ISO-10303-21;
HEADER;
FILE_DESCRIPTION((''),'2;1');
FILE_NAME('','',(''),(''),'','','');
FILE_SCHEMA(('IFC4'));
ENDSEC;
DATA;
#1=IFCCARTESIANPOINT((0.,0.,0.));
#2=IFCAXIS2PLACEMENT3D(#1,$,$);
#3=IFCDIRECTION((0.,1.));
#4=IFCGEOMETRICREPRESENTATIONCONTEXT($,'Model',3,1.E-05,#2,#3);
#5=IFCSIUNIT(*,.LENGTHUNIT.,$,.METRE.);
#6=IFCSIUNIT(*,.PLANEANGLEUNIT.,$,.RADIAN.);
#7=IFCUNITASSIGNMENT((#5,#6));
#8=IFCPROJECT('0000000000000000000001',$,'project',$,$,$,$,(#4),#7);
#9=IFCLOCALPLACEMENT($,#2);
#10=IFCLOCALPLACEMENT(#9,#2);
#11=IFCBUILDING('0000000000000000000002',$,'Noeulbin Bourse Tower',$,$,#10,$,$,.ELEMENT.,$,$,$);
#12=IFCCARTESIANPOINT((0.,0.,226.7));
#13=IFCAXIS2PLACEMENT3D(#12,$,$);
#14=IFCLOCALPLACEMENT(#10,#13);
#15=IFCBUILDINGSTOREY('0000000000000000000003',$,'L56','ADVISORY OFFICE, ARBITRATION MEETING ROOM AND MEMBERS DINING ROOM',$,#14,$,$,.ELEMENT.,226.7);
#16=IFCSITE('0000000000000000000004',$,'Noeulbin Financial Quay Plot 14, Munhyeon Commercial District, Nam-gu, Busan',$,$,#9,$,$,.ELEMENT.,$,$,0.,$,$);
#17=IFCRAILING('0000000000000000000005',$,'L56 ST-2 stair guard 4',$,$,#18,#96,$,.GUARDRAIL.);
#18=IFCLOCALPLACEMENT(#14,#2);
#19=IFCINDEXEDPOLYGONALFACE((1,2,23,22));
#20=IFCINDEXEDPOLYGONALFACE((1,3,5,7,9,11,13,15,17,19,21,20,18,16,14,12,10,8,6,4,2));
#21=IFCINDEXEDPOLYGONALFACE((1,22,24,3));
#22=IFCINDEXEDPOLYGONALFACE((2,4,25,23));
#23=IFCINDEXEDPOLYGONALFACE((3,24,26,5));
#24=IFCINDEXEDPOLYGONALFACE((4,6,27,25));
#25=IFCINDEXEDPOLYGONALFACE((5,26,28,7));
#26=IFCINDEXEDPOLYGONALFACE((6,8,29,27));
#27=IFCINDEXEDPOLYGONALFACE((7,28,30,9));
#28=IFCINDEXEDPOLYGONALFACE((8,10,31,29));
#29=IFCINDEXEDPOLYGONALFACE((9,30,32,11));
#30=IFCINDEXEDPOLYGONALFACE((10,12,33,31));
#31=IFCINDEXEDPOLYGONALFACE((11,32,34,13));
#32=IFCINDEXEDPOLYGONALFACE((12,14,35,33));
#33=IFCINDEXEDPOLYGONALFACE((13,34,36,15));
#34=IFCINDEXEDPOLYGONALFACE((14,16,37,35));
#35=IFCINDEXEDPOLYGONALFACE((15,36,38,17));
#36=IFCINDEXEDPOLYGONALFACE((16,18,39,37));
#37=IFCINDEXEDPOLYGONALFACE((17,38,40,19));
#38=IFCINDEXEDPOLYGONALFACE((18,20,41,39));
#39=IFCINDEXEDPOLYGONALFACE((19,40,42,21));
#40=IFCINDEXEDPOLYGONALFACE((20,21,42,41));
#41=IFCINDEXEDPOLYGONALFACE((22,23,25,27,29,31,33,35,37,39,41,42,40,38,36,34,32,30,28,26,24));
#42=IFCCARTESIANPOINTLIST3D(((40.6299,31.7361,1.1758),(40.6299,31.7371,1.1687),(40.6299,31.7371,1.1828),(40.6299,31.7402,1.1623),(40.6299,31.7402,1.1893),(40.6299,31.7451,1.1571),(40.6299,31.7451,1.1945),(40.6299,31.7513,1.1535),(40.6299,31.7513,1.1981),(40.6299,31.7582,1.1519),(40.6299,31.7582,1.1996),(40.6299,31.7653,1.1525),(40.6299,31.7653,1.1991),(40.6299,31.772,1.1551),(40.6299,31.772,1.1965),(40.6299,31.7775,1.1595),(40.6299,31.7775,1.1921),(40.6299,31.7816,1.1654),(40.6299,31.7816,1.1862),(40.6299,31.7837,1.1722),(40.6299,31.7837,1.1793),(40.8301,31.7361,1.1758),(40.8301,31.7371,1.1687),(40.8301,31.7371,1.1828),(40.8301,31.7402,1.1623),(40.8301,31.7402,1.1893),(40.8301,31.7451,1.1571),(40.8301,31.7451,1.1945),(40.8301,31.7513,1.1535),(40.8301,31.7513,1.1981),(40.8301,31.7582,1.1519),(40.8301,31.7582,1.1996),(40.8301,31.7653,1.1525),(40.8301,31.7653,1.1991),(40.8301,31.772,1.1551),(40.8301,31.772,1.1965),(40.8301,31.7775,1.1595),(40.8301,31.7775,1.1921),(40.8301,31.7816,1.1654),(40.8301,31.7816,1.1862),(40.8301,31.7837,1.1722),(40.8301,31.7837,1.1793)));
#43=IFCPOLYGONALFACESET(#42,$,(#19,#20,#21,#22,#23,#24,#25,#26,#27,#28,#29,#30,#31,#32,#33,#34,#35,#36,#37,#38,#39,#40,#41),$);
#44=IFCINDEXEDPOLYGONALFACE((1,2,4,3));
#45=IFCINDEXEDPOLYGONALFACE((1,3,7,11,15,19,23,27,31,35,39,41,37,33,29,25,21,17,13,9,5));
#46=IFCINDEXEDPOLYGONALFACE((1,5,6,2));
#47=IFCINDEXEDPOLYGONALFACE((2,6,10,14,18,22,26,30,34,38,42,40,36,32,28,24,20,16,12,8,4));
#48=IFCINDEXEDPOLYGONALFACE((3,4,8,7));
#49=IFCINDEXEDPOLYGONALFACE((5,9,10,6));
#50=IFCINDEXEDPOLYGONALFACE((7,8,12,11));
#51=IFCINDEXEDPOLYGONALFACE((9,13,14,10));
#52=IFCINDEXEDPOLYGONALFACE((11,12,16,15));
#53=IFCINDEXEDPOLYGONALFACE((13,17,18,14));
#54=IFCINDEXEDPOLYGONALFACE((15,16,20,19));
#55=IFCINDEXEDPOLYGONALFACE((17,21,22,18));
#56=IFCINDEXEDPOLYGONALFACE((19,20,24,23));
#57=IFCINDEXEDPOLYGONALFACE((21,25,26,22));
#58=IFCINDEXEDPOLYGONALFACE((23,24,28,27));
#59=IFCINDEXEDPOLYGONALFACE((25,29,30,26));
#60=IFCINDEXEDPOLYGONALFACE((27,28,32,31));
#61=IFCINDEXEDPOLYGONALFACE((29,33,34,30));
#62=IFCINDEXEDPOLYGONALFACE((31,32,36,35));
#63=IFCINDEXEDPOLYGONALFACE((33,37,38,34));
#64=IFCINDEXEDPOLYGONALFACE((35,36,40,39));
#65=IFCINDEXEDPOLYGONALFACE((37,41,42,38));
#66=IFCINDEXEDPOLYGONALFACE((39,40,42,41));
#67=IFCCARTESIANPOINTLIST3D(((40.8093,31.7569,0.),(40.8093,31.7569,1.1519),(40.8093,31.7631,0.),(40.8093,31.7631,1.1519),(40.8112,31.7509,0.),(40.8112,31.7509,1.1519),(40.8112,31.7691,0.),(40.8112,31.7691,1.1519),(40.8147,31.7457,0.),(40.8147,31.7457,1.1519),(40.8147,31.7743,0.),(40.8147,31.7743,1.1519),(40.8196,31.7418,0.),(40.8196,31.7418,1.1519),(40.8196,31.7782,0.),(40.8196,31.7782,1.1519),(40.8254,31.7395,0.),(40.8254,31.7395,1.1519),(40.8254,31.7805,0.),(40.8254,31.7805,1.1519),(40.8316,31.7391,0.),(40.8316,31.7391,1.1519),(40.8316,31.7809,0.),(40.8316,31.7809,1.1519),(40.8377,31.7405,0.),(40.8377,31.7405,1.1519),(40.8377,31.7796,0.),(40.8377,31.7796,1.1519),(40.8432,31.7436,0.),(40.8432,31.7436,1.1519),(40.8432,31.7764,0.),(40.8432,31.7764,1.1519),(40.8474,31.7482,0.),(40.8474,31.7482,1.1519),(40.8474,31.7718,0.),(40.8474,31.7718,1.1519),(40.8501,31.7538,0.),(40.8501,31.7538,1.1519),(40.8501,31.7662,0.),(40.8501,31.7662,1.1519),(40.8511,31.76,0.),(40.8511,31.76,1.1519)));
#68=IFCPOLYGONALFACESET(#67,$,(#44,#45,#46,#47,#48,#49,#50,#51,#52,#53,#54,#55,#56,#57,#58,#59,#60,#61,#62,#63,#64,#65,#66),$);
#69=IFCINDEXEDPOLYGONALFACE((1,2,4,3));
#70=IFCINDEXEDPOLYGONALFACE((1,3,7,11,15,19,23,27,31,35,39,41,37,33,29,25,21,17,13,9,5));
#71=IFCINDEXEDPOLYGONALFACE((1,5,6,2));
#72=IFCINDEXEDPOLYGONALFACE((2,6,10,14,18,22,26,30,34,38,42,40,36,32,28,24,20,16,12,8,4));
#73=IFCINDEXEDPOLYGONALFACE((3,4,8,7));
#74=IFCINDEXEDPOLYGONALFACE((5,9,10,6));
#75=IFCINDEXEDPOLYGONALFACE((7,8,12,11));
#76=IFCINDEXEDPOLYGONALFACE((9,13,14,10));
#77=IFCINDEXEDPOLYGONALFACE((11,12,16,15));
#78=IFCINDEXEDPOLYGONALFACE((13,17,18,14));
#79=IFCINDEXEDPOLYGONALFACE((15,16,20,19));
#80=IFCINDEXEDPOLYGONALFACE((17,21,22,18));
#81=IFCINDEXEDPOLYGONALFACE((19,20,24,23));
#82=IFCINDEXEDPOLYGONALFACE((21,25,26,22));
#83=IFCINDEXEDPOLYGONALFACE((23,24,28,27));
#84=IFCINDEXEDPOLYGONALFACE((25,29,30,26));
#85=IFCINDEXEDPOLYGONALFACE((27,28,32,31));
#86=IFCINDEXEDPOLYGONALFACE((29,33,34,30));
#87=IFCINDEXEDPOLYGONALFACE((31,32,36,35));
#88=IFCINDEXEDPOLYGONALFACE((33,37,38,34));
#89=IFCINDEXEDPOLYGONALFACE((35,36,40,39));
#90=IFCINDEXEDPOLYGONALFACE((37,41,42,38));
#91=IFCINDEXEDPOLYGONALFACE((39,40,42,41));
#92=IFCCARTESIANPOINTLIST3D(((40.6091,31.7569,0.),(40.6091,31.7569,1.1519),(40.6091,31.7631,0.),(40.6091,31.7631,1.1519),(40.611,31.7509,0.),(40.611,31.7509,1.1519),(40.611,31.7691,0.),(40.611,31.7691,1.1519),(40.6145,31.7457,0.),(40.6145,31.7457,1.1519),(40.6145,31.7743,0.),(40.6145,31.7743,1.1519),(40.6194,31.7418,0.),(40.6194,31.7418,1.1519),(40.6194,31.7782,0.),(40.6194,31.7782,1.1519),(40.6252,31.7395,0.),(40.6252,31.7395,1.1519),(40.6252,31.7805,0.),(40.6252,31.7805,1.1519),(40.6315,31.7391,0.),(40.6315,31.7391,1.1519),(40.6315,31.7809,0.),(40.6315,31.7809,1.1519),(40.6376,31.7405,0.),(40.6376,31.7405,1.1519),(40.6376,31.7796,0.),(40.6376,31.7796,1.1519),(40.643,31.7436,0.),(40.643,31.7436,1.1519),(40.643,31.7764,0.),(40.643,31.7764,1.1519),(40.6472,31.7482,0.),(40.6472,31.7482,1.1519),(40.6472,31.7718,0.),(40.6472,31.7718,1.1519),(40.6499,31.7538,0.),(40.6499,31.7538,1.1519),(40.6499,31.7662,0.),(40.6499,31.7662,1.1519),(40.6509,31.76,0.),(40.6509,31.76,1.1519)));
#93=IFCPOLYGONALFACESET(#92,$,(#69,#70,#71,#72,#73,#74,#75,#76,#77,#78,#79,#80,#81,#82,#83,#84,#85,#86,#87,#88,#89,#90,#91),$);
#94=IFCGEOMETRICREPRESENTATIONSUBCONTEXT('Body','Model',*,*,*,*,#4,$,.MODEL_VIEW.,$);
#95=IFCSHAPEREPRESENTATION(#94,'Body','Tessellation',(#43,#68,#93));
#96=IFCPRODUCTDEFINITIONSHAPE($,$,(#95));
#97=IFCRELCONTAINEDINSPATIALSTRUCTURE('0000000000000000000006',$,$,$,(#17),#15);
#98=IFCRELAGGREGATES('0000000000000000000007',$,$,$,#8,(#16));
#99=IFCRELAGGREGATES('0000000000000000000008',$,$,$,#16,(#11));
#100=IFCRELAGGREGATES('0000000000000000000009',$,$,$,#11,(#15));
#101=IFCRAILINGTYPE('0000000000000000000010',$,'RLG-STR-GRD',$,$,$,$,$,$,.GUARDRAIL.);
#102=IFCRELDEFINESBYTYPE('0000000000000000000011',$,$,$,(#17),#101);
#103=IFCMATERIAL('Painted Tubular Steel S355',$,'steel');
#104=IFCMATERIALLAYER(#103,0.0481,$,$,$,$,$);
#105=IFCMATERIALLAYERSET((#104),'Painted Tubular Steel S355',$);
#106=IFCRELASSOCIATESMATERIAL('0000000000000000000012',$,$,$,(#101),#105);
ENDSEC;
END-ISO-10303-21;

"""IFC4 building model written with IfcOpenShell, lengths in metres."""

from ifc_helpers import new_model, si_unit, direction, frame, origin, origin_2d, place, context, subcontext, project, spatial, circle, extrude, material, layer, layer_set, type_object, element, save


model = new_model("IFC4")

# Units and contexts
model_context = context("Model", 3, precision=1e-05, world=origin(), true_north=direction((0.0, 1.0)))
body_context = subcontext(model_context, "Body", "Model", "MODEL_VIEW")
ifc_project = project(units=[si_unit("LENGTHUNIT", "METRE"), si_unit("PLANEANGLEUNIT", "RADIAN")], contexts=[model_context])

# Site, building, storey
site_placement = place(None, origin())
site = spatial("IfcSite", under=ifc_project, at=site_placement, Name="Noeulbin Financial Quay Plot 14, Munhyeon Commercial District, Nam-gu, Busan", CompositionType="ELEMENT", RefElevation=0.0)
building_placement = place(site_placement, origin())
building = spatial("IfcBuilding", under=site, at=building_placement, Name="Noeulbin Bourse Tower", CompositionType="ELEMENT")
storey_placement = place(building_placement, frame((0.0, 0.0, 226.7)))
storey = spatial("IfcBuildingStorey", under=building, at=storey_placement, Name="L56", Description="ADVISORY OFFICE, ARBITRATION MEETING ROOM AND MEMBERS DINING ROOM", CompositionType="ELEMENT", Elevation=226.7)

# Railing
ifc_material_1 = material(Name="Painted Tubular Steel S355", Category="steel")
ifc_layer_1 = layer(ifc_material_1, 0.0481)
ifc_layer_set_1 = layer_set([ifc_layer_1], Name="Painted Tubular Steel S355")
railing_type = type_object("IfcRailingType", Name="RLG-STR-GRD", PredefinedType="GUARDRAIL", material=ifc_layer_set_1)
railing_1_placement = place(storey_placement, frame((40.8301, 31.76, 0.0)))
element("IfcRailing", 1, at=railing_1_placement, inside=storey, type_object=railing_type, Name="L56 ST-2 stair guard 4", PredefinedType="GUARDRAIL", context=body_context, shape_type="SweptSolid", body=[
    extrude(circle(Radius=0.0239, at=origin_2d()), frame((0.0, 0.0, 1.1758), z_axis=(-1.0, 0.0, 0.0), x_axis=(0.0, -1.0, 0.0)), (0.0, 0.0, 1.0), 0.2002),
    extrude(circle(Radius=0.021, at=origin_2d()), origin(), (0.0, 0.0, 1.0), 1.1519),
    extrude(circle(Radius=0.021, at=origin_2d()), frame((-0.2002, 0.0, 0.0)), (0.0, 0.0, 1.0), 1.1519),
])

save(model, "model.ifc")
